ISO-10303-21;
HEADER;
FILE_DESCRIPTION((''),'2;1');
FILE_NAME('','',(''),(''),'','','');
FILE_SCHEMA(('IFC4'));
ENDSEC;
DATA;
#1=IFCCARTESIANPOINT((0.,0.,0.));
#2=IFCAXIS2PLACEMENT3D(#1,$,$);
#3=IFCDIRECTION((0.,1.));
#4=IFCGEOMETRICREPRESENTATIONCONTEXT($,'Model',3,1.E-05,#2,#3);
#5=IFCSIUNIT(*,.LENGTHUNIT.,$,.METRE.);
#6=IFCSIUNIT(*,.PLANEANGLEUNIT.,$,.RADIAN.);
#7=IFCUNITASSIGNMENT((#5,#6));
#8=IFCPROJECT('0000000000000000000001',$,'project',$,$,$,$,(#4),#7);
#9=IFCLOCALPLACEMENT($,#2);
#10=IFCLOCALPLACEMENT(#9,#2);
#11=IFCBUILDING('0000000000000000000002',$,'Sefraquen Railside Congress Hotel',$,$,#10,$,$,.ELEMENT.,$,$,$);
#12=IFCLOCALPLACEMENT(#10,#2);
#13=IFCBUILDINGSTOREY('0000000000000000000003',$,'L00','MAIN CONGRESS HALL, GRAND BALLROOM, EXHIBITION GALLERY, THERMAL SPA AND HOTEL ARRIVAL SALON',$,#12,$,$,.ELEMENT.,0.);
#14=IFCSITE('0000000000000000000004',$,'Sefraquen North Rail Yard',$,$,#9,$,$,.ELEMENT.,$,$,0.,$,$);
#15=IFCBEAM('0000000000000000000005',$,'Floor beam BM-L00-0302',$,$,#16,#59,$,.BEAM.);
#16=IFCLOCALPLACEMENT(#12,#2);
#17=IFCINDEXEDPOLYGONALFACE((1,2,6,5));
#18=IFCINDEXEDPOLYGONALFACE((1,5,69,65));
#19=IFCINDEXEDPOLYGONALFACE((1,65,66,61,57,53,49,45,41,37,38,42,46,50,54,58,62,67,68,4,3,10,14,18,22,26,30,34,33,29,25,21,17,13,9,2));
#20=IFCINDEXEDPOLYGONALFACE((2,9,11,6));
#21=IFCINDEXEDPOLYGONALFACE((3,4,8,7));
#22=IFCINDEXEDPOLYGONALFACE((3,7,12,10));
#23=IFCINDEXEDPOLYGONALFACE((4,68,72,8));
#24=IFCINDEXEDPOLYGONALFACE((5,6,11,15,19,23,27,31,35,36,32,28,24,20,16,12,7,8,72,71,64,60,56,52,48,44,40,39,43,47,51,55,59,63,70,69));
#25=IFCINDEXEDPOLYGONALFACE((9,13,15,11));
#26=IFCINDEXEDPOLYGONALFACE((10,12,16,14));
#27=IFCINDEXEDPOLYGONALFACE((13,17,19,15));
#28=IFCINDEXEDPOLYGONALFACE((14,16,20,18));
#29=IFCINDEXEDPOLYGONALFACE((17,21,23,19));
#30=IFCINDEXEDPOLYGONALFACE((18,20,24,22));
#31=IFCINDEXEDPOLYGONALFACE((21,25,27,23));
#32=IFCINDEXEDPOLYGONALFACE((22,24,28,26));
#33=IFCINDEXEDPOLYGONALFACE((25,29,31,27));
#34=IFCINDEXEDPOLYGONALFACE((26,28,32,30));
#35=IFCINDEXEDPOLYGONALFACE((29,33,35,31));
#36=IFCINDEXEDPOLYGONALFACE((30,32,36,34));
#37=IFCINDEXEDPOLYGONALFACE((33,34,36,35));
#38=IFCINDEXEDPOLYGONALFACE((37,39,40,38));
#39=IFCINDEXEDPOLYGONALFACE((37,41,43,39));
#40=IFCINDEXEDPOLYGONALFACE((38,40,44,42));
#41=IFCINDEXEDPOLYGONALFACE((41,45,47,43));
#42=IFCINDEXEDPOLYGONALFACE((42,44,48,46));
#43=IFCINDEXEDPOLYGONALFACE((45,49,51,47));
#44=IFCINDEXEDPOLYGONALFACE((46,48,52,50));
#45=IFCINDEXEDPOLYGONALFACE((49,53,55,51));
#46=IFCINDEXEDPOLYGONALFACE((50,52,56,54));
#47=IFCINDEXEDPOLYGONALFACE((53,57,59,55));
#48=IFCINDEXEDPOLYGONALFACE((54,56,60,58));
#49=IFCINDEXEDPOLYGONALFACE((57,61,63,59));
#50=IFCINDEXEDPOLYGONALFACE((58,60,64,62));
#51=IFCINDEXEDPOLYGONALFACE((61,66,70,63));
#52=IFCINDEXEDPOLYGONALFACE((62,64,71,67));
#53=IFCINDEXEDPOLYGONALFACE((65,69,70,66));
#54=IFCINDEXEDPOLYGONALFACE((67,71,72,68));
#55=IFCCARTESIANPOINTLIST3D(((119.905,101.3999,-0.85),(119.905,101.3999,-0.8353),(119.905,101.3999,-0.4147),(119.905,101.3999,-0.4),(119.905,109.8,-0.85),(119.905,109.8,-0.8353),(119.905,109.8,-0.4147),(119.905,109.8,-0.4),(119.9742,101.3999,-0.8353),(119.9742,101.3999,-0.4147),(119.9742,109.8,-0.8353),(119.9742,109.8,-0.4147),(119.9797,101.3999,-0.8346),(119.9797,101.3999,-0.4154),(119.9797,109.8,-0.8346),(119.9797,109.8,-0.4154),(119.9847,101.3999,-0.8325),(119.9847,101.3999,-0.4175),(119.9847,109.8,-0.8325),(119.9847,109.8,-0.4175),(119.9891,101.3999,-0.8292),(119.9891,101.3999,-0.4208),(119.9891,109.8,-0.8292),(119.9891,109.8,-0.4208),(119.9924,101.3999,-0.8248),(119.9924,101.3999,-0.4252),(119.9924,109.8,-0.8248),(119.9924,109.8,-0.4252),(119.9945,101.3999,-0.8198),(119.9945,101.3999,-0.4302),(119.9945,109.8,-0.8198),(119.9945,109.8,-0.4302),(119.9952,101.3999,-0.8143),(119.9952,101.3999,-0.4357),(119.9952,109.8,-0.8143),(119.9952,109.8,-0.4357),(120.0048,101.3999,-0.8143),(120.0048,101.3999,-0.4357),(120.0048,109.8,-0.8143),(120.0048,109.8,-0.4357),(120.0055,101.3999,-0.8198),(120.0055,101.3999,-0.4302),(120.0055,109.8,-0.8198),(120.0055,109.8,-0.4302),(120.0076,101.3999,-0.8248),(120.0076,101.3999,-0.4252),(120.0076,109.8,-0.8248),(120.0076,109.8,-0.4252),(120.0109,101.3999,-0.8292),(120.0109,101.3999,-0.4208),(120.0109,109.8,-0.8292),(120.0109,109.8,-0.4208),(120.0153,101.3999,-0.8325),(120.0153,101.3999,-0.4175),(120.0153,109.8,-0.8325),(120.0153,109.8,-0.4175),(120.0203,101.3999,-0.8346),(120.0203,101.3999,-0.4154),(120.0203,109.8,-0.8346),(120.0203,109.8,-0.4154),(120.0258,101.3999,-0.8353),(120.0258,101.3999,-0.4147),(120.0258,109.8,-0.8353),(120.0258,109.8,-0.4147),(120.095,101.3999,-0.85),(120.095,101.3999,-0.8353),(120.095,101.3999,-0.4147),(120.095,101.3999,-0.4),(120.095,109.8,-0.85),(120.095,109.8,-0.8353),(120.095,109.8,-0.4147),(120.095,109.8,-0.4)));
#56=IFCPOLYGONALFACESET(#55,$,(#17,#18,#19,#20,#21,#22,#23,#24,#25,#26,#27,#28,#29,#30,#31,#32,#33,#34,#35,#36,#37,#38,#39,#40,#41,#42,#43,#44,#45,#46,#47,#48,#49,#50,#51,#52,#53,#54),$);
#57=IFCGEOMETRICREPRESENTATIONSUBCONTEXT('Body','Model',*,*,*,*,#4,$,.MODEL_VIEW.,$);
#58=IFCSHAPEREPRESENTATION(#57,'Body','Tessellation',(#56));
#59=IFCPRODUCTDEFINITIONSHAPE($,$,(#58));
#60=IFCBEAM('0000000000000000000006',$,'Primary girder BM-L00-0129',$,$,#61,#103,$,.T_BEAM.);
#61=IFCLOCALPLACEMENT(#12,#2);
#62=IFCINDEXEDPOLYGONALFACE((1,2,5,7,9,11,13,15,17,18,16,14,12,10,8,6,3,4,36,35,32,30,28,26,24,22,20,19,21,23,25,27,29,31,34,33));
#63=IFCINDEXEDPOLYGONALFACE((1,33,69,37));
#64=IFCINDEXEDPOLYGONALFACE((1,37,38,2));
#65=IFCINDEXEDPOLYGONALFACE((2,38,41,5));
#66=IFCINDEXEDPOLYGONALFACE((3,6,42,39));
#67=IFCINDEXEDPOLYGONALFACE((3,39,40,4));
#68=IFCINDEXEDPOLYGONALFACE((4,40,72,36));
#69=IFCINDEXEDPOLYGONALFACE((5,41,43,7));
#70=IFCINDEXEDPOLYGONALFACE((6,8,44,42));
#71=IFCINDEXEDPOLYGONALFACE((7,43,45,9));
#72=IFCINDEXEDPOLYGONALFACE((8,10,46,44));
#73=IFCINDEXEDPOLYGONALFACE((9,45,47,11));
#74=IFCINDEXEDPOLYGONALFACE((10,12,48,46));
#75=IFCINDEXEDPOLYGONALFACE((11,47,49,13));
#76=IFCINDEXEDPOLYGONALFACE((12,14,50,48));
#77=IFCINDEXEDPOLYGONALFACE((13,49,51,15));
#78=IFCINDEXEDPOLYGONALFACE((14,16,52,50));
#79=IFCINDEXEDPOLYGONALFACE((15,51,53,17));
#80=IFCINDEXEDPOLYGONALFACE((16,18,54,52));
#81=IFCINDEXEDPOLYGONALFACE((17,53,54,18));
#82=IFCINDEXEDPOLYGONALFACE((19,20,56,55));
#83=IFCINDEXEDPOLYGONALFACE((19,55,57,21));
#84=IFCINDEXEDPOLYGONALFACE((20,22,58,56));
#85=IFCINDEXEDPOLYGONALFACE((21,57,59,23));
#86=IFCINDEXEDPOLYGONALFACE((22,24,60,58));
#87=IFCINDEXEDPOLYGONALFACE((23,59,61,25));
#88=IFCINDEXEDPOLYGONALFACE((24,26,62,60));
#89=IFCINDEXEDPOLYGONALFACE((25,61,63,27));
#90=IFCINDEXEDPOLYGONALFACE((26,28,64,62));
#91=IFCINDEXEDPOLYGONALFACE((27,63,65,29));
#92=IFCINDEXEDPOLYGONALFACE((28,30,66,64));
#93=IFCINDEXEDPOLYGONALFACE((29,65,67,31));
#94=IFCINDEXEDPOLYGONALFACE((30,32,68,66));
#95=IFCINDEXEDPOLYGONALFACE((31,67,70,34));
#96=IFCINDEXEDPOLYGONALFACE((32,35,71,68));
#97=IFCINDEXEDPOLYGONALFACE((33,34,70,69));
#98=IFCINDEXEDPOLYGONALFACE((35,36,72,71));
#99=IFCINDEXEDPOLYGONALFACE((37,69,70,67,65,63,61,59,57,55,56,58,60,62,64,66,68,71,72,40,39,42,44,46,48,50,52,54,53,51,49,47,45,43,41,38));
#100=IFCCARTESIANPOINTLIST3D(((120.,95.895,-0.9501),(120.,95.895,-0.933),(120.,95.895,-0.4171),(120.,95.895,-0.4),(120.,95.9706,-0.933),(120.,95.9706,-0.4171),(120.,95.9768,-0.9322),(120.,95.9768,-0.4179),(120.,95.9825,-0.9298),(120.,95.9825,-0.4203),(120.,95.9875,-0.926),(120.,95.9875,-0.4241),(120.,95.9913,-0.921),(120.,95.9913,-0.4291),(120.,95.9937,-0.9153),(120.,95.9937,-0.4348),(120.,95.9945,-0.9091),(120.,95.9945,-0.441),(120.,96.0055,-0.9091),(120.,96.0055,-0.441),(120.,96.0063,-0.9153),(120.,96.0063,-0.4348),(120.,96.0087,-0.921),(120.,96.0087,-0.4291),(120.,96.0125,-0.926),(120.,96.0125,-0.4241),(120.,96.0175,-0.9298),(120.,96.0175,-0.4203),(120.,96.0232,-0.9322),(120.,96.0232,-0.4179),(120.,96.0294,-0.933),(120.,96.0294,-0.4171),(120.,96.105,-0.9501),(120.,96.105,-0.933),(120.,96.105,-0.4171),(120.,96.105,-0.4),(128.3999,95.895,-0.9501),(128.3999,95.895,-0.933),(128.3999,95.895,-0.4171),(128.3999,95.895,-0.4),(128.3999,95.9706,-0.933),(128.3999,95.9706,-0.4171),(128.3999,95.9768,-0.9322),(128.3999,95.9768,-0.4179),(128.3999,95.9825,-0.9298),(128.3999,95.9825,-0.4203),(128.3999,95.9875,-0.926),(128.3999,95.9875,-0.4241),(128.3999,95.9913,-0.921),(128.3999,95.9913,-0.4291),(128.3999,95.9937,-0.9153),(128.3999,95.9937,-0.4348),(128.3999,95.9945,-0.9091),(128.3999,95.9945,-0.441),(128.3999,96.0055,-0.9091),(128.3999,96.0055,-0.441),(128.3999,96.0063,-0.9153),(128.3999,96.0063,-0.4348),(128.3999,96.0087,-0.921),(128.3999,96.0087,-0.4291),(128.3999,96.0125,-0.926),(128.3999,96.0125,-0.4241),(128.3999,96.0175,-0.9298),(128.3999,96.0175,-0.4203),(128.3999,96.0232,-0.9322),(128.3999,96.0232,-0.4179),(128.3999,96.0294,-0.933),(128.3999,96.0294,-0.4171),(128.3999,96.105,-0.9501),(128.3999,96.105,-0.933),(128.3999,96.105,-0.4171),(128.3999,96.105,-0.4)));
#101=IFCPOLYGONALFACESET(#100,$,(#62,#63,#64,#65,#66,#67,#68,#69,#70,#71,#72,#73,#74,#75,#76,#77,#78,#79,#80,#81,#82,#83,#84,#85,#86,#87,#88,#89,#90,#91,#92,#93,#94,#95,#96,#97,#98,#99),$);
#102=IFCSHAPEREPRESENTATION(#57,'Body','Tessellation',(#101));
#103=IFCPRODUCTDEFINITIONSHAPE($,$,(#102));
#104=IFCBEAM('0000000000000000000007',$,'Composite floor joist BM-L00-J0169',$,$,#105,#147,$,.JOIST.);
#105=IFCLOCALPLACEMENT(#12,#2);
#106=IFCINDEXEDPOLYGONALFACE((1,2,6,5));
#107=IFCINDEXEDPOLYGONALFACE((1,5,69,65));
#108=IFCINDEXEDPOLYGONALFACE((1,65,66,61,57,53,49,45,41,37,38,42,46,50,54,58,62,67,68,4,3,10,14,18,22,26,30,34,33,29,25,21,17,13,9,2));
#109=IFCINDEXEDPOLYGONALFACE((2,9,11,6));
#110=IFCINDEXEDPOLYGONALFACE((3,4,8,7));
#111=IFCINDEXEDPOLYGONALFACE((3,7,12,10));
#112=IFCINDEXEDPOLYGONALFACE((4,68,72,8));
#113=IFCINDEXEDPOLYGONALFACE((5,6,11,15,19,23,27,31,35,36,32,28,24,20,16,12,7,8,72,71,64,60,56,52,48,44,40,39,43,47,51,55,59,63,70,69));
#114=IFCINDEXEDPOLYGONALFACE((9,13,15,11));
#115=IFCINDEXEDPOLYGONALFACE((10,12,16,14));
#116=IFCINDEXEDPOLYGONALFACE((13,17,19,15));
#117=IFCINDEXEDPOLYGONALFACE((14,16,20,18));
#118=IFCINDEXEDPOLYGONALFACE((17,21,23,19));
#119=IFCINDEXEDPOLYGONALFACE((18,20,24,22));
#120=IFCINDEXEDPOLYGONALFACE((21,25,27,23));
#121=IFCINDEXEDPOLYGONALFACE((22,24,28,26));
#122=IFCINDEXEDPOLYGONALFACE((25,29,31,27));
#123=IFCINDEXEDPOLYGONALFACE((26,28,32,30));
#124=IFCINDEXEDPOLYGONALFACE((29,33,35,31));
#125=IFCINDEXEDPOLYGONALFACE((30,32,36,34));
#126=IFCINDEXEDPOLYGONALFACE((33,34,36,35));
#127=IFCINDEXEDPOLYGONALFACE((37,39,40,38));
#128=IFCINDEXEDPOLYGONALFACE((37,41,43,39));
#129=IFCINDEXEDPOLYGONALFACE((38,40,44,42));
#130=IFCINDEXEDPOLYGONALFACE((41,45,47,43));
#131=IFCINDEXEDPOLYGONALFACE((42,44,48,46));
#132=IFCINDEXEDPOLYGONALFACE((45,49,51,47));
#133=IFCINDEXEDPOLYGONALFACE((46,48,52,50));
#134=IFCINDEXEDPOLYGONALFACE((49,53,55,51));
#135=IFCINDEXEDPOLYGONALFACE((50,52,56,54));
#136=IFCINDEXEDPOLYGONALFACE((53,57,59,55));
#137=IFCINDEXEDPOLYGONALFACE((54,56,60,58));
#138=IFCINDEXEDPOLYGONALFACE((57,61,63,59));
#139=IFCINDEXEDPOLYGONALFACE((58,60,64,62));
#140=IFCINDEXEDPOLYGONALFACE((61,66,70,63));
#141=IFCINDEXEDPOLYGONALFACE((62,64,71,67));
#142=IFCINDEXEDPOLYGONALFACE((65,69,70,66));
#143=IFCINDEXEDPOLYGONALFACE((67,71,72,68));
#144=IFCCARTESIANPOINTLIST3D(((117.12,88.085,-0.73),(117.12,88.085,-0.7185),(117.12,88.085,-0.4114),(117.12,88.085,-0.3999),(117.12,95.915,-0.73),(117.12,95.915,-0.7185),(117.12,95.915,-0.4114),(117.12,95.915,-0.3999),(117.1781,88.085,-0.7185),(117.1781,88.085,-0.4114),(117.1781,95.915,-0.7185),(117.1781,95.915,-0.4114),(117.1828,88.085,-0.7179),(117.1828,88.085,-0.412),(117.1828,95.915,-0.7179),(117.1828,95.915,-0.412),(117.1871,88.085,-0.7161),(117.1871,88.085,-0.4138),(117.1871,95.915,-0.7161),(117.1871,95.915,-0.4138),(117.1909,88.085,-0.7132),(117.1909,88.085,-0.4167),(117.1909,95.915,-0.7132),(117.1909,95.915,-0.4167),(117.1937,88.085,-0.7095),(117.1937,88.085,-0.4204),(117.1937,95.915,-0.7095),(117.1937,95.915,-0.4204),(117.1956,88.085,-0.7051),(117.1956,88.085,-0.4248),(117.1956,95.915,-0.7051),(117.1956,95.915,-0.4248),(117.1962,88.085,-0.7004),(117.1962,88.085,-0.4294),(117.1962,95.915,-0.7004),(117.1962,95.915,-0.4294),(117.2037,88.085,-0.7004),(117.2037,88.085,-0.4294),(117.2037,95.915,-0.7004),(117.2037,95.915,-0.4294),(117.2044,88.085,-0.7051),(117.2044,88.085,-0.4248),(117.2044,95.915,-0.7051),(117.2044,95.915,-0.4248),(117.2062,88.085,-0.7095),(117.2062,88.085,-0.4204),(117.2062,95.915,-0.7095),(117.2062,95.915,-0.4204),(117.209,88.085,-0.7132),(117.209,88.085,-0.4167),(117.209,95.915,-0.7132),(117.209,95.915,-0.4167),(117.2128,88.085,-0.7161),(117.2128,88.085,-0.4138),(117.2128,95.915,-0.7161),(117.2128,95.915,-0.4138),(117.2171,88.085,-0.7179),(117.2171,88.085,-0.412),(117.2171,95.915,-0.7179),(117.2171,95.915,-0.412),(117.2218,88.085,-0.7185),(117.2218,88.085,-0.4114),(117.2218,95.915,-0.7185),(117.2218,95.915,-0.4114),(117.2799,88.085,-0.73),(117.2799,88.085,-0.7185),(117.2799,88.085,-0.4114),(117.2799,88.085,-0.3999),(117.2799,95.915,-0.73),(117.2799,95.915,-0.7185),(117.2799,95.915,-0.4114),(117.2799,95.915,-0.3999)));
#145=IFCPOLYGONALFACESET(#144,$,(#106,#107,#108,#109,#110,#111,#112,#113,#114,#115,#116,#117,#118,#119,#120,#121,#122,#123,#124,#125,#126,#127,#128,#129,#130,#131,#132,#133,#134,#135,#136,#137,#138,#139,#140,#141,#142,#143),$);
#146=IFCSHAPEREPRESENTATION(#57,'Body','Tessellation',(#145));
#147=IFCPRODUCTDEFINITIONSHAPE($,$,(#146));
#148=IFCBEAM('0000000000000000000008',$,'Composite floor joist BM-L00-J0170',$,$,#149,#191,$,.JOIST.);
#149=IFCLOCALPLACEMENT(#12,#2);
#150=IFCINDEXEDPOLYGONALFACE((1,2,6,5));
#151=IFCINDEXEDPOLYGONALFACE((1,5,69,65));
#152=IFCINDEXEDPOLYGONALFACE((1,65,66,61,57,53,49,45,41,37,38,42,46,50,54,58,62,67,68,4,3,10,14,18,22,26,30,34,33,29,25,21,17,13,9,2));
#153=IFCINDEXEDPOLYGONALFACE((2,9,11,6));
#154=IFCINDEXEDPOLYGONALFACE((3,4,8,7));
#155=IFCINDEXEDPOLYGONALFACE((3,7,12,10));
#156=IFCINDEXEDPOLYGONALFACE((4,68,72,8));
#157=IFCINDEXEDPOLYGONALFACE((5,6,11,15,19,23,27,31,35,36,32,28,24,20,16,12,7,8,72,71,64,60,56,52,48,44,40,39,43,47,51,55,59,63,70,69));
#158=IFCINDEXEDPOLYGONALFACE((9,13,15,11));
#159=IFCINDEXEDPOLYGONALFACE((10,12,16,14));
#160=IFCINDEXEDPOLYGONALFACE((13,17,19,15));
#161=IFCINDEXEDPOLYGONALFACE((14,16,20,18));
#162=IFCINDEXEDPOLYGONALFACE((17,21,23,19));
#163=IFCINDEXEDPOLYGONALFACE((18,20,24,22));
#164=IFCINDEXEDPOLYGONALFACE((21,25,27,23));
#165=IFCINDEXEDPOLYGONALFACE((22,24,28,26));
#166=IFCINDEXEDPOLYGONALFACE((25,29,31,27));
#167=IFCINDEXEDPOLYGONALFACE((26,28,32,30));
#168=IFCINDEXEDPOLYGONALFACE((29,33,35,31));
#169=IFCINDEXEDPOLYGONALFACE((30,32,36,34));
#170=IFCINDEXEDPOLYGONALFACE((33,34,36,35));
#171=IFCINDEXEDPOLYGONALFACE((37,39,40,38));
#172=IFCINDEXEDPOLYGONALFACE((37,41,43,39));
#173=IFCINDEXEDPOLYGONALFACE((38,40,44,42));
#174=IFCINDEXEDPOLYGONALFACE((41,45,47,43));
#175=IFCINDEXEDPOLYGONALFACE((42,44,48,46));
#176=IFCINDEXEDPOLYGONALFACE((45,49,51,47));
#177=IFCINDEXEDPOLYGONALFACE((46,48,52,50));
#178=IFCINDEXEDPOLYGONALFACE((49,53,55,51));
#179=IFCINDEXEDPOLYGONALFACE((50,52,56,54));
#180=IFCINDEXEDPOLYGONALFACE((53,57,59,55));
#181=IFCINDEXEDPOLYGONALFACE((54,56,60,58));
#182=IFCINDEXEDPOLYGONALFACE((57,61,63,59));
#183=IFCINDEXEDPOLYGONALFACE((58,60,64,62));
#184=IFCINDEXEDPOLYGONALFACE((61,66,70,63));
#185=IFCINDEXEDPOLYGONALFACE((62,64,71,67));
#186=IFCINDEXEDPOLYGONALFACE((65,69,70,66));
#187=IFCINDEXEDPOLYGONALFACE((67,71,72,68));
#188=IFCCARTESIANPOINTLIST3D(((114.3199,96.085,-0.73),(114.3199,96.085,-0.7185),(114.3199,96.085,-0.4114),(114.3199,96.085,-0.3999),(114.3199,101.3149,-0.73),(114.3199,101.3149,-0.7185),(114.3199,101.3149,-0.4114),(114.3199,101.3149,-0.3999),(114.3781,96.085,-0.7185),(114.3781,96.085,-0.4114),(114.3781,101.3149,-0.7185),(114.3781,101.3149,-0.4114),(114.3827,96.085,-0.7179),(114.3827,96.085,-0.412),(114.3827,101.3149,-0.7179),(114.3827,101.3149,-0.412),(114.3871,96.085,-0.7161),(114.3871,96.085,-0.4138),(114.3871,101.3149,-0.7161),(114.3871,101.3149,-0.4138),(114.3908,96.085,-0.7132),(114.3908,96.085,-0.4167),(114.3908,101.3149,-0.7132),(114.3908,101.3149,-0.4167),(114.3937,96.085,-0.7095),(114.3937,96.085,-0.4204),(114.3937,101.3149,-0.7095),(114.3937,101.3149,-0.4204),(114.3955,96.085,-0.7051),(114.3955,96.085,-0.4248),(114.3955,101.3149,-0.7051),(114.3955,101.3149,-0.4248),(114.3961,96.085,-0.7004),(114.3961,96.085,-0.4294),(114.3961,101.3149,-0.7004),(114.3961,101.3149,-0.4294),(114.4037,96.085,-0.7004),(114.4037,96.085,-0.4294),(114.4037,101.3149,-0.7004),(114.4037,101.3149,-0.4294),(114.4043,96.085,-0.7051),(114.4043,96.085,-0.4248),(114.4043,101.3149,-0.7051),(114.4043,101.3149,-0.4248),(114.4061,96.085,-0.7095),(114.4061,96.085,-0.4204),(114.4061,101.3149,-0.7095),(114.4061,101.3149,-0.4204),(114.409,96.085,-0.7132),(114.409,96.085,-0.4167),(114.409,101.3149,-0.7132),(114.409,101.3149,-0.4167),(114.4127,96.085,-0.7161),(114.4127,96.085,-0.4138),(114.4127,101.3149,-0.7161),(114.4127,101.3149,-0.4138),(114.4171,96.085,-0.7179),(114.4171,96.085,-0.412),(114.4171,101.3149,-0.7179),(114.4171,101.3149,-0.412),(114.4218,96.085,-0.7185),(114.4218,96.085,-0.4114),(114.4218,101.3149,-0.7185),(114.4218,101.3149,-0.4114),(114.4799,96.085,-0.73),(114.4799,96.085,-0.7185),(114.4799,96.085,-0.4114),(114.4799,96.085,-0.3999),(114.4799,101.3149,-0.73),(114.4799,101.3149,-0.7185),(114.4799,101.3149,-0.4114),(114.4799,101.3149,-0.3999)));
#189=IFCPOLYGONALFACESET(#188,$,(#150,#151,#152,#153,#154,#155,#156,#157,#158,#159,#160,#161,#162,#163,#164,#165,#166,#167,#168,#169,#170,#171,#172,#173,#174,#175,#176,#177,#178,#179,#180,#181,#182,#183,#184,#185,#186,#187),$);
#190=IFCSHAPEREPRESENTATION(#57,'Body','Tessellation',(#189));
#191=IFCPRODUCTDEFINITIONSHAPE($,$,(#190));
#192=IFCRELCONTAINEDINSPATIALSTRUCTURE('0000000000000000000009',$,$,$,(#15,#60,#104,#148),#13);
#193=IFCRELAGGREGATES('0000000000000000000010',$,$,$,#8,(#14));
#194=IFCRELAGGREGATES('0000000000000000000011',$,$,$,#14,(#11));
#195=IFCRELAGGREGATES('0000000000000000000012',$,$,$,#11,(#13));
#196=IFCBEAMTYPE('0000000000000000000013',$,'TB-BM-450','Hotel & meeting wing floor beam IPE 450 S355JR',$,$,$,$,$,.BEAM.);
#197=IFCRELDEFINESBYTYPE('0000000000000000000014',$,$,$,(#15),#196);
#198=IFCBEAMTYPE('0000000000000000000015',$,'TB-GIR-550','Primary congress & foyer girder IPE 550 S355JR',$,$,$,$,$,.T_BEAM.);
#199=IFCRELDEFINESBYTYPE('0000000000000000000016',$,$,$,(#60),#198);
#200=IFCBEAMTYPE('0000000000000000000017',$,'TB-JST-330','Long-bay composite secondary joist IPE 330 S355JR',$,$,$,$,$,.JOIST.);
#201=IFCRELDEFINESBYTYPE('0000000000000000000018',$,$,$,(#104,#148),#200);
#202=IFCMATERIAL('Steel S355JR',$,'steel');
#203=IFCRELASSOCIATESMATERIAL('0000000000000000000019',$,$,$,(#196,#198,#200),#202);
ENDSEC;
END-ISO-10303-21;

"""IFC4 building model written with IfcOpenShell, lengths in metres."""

from ifc_helpers import new_model, si_unit, direction, frame, origin, origin_2d, place, context, subcontext, project, spatial, i_section, extrude, material, material_profile, profile_set, type_object, element, save


model = new_model("IFC4")

# Units and contexts
model_context = context("Model", 3, precision=1e-05, world=origin(), true_north=direction((0.0, 1.0)))
body_context = subcontext(model_context, "Body", "Model", "MODEL_VIEW")
ifc_project = project(units=[si_unit("LENGTHUNIT", "METRE"), si_unit("PLANEANGLEUNIT", "RADIAN")], contexts=[model_context])

# Site, building, storey
site_placement = place(None, origin())
site = spatial("IfcSite", under=ifc_project, at=site_placement, Name="Sefraquen North Rail Yard", CompositionType="ELEMENT", RefElevation=0.0)
building_placement = place(site_placement, origin())
building = spatial("IfcBuilding", under=site, at=building_placement, Name="Sefraquen Railside Congress Hotel", CompositionType="ELEMENT")
storey_placement = place(building_placement, origin())
storey = spatial("IfcBuildingStorey", under=building, at=storey_placement, Name="L00", Description="MAIN CONGRESS HALL, GRAND BALLROOM, EXHIBITION GALLERY, THERMAL SPA AND HOTEL ARRIVAL SALON", CompositionType="ELEMENT", Elevation=0.0)

# Shared definitions
ifc_material_1 = material(Name="Steel S355JR", Category="steel")

# Beams
ifc_material_profile_1 = material_profile(ifc_material_1, i_section(OverallWidth=0.1899, OverallDepth=0.45, WebThickness=0.0095, FlangeThickness=0.0146, FilletRadius=0.021, at=origin_2d()), Name="IPE 450")
ifc_profile_set_1 = profile_set([ifc_material_profile_1], Name="Steel S355JR")
beam_type_1 = type_object("IfcBeamType", Name="TB-BM-450", Description="Hotel & meeting wing floor beam IPE 450 S355JR", PredefinedType="BEAM", material=ifc_profile_set_1)
beam_1_placement = place(storey_placement, frame((120.0, 101.3999, -0.625), z_axis=(0.0, 1.0, 0.0), x_axis=(-1.0, 0.0, 0.0)))
element("IfcBeam", 1, at=beam_1_placement, inside=storey, type_object=beam_type_1, Name="Floor beam BM-L00-0302", PredefinedType="BEAM", context=body_context, shape_type="SweptSolid", body=[
    extrude(i_section(OverallWidth=0.1899, OverallDepth=0.45, WebThickness=0.0095, FlangeThickness=0.0146, FilletRadius=0.021, at=origin_2d()), origin(), (0.0, 0.0, 1.0), 8.4001),
])
ifc_material_profile_2 = material_profile(ifc_material_1, i_section(OverallWidth=0.21, OverallDepth=0.55, WebThickness=0.011, FlangeThickness=0.0171, FilletRadius=0.0239, at=origin_2d()), Name="IPE 550")
ifc_profile_set_2 = profile_set([ifc_material_profile_2], Name="Steel S355JR")
beam_type_2 = type_object("IfcBeamType", Name="TB-GIR-550", Description="Primary congress & foyer girder IPE 550 S355JR", PredefinedType="T_BEAM", material=ifc_profile_set_2)
beam_2_placement = place(storey_placement, frame((120.0, 96.0, -0.675), z_axis=(1.0, 0.0, 0.0), x_axis=(0.0, 1.0, 0.0)))
element("IfcBeam", 2, at=beam_2_placement, inside=storey, type_object=beam_type_2, Name="Primary girder BM-L00-0129", PredefinedType="T_BEAM", context=body_context, shape_type="SweptSolid", body=[
    extrude(i_section(OverallWidth=0.21, OverallDepth=0.55, WebThickness=0.011, FlangeThickness=0.0171, FilletRadius=0.0239, at=origin_2d()), origin(), (0.0, 0.0, 1.0), 8.3999),
])
ifc_material_profile_3 = material_profile(ifc_material_1, i_section(OverallWidth=0.1599, OverallDepth=0.3301, WebThickness=0.0076, FlangeThickness=0.0115, FilletRadius=0.0181, at=origin_2d()), Name="IPE 330")
ifc_profile_set_3 = profile_set([ifc_material_profile_3], Name="Steel S355JR")
beam_type_3 = type_object("IfcBeamType", Name="TB-JST-330", Description="Long-bay composite secondary joist IPE 330 S355JR", PredefinedType="JOIST", material=ifc_profile_set_3)
beam_3_placement = place(storey_placement, frame((117.2, 88.085, -0.5649), z_axis=(0.0, 1.0, 0.0), x_axis=(-1.0, 0.0, 0.0)))
element("IfcBeam", 3, at=beam_3_placement, inside=storey, type_object=beam_type_3, Name="Composite floor joist BM-L00-J0169", PredefinedType="JOIST", context=body_context, shape_type="SweptSolid", body=[
    extrude(i_section(OverallWidth=0.1599, OverallDepth=0.3301, WebThickness=0.0076, FlangeThickness=0.0115, FilletRadius=0.0181, at=origin_2d()), origin(), (0.0, 0.0, 1.0), 7.8301),
])
for number, where, z_axis, x_axis, name in (
    (4, (114.3999, 96.085, -0.5649), (0.0, 1.0, 0.0), (-1.0, 0.0, 0.0), "Composite floor joist BM-L00-J0170"),
):
    element("IfcBeam", number, at=place(storey_placement, frame(where, z_axis=z_axis, x_axis=x_axis)), inside=storey, type_object=beam_type_3, Name=name, PredefinedType="JOIST", context=body_context, shape_type="SweptSolid", body=[
        extrude(i_section(OverallWidth=0.1599, OverallDepth=0.3301, WebThickness=0.0076, FlangeThickness=0.0115, FilletRadius=0.0181, at=origin_2d()), origin(), (0.0, 0.0, 1.0), 5.23),
    ])

save(model, "model.ifc")
